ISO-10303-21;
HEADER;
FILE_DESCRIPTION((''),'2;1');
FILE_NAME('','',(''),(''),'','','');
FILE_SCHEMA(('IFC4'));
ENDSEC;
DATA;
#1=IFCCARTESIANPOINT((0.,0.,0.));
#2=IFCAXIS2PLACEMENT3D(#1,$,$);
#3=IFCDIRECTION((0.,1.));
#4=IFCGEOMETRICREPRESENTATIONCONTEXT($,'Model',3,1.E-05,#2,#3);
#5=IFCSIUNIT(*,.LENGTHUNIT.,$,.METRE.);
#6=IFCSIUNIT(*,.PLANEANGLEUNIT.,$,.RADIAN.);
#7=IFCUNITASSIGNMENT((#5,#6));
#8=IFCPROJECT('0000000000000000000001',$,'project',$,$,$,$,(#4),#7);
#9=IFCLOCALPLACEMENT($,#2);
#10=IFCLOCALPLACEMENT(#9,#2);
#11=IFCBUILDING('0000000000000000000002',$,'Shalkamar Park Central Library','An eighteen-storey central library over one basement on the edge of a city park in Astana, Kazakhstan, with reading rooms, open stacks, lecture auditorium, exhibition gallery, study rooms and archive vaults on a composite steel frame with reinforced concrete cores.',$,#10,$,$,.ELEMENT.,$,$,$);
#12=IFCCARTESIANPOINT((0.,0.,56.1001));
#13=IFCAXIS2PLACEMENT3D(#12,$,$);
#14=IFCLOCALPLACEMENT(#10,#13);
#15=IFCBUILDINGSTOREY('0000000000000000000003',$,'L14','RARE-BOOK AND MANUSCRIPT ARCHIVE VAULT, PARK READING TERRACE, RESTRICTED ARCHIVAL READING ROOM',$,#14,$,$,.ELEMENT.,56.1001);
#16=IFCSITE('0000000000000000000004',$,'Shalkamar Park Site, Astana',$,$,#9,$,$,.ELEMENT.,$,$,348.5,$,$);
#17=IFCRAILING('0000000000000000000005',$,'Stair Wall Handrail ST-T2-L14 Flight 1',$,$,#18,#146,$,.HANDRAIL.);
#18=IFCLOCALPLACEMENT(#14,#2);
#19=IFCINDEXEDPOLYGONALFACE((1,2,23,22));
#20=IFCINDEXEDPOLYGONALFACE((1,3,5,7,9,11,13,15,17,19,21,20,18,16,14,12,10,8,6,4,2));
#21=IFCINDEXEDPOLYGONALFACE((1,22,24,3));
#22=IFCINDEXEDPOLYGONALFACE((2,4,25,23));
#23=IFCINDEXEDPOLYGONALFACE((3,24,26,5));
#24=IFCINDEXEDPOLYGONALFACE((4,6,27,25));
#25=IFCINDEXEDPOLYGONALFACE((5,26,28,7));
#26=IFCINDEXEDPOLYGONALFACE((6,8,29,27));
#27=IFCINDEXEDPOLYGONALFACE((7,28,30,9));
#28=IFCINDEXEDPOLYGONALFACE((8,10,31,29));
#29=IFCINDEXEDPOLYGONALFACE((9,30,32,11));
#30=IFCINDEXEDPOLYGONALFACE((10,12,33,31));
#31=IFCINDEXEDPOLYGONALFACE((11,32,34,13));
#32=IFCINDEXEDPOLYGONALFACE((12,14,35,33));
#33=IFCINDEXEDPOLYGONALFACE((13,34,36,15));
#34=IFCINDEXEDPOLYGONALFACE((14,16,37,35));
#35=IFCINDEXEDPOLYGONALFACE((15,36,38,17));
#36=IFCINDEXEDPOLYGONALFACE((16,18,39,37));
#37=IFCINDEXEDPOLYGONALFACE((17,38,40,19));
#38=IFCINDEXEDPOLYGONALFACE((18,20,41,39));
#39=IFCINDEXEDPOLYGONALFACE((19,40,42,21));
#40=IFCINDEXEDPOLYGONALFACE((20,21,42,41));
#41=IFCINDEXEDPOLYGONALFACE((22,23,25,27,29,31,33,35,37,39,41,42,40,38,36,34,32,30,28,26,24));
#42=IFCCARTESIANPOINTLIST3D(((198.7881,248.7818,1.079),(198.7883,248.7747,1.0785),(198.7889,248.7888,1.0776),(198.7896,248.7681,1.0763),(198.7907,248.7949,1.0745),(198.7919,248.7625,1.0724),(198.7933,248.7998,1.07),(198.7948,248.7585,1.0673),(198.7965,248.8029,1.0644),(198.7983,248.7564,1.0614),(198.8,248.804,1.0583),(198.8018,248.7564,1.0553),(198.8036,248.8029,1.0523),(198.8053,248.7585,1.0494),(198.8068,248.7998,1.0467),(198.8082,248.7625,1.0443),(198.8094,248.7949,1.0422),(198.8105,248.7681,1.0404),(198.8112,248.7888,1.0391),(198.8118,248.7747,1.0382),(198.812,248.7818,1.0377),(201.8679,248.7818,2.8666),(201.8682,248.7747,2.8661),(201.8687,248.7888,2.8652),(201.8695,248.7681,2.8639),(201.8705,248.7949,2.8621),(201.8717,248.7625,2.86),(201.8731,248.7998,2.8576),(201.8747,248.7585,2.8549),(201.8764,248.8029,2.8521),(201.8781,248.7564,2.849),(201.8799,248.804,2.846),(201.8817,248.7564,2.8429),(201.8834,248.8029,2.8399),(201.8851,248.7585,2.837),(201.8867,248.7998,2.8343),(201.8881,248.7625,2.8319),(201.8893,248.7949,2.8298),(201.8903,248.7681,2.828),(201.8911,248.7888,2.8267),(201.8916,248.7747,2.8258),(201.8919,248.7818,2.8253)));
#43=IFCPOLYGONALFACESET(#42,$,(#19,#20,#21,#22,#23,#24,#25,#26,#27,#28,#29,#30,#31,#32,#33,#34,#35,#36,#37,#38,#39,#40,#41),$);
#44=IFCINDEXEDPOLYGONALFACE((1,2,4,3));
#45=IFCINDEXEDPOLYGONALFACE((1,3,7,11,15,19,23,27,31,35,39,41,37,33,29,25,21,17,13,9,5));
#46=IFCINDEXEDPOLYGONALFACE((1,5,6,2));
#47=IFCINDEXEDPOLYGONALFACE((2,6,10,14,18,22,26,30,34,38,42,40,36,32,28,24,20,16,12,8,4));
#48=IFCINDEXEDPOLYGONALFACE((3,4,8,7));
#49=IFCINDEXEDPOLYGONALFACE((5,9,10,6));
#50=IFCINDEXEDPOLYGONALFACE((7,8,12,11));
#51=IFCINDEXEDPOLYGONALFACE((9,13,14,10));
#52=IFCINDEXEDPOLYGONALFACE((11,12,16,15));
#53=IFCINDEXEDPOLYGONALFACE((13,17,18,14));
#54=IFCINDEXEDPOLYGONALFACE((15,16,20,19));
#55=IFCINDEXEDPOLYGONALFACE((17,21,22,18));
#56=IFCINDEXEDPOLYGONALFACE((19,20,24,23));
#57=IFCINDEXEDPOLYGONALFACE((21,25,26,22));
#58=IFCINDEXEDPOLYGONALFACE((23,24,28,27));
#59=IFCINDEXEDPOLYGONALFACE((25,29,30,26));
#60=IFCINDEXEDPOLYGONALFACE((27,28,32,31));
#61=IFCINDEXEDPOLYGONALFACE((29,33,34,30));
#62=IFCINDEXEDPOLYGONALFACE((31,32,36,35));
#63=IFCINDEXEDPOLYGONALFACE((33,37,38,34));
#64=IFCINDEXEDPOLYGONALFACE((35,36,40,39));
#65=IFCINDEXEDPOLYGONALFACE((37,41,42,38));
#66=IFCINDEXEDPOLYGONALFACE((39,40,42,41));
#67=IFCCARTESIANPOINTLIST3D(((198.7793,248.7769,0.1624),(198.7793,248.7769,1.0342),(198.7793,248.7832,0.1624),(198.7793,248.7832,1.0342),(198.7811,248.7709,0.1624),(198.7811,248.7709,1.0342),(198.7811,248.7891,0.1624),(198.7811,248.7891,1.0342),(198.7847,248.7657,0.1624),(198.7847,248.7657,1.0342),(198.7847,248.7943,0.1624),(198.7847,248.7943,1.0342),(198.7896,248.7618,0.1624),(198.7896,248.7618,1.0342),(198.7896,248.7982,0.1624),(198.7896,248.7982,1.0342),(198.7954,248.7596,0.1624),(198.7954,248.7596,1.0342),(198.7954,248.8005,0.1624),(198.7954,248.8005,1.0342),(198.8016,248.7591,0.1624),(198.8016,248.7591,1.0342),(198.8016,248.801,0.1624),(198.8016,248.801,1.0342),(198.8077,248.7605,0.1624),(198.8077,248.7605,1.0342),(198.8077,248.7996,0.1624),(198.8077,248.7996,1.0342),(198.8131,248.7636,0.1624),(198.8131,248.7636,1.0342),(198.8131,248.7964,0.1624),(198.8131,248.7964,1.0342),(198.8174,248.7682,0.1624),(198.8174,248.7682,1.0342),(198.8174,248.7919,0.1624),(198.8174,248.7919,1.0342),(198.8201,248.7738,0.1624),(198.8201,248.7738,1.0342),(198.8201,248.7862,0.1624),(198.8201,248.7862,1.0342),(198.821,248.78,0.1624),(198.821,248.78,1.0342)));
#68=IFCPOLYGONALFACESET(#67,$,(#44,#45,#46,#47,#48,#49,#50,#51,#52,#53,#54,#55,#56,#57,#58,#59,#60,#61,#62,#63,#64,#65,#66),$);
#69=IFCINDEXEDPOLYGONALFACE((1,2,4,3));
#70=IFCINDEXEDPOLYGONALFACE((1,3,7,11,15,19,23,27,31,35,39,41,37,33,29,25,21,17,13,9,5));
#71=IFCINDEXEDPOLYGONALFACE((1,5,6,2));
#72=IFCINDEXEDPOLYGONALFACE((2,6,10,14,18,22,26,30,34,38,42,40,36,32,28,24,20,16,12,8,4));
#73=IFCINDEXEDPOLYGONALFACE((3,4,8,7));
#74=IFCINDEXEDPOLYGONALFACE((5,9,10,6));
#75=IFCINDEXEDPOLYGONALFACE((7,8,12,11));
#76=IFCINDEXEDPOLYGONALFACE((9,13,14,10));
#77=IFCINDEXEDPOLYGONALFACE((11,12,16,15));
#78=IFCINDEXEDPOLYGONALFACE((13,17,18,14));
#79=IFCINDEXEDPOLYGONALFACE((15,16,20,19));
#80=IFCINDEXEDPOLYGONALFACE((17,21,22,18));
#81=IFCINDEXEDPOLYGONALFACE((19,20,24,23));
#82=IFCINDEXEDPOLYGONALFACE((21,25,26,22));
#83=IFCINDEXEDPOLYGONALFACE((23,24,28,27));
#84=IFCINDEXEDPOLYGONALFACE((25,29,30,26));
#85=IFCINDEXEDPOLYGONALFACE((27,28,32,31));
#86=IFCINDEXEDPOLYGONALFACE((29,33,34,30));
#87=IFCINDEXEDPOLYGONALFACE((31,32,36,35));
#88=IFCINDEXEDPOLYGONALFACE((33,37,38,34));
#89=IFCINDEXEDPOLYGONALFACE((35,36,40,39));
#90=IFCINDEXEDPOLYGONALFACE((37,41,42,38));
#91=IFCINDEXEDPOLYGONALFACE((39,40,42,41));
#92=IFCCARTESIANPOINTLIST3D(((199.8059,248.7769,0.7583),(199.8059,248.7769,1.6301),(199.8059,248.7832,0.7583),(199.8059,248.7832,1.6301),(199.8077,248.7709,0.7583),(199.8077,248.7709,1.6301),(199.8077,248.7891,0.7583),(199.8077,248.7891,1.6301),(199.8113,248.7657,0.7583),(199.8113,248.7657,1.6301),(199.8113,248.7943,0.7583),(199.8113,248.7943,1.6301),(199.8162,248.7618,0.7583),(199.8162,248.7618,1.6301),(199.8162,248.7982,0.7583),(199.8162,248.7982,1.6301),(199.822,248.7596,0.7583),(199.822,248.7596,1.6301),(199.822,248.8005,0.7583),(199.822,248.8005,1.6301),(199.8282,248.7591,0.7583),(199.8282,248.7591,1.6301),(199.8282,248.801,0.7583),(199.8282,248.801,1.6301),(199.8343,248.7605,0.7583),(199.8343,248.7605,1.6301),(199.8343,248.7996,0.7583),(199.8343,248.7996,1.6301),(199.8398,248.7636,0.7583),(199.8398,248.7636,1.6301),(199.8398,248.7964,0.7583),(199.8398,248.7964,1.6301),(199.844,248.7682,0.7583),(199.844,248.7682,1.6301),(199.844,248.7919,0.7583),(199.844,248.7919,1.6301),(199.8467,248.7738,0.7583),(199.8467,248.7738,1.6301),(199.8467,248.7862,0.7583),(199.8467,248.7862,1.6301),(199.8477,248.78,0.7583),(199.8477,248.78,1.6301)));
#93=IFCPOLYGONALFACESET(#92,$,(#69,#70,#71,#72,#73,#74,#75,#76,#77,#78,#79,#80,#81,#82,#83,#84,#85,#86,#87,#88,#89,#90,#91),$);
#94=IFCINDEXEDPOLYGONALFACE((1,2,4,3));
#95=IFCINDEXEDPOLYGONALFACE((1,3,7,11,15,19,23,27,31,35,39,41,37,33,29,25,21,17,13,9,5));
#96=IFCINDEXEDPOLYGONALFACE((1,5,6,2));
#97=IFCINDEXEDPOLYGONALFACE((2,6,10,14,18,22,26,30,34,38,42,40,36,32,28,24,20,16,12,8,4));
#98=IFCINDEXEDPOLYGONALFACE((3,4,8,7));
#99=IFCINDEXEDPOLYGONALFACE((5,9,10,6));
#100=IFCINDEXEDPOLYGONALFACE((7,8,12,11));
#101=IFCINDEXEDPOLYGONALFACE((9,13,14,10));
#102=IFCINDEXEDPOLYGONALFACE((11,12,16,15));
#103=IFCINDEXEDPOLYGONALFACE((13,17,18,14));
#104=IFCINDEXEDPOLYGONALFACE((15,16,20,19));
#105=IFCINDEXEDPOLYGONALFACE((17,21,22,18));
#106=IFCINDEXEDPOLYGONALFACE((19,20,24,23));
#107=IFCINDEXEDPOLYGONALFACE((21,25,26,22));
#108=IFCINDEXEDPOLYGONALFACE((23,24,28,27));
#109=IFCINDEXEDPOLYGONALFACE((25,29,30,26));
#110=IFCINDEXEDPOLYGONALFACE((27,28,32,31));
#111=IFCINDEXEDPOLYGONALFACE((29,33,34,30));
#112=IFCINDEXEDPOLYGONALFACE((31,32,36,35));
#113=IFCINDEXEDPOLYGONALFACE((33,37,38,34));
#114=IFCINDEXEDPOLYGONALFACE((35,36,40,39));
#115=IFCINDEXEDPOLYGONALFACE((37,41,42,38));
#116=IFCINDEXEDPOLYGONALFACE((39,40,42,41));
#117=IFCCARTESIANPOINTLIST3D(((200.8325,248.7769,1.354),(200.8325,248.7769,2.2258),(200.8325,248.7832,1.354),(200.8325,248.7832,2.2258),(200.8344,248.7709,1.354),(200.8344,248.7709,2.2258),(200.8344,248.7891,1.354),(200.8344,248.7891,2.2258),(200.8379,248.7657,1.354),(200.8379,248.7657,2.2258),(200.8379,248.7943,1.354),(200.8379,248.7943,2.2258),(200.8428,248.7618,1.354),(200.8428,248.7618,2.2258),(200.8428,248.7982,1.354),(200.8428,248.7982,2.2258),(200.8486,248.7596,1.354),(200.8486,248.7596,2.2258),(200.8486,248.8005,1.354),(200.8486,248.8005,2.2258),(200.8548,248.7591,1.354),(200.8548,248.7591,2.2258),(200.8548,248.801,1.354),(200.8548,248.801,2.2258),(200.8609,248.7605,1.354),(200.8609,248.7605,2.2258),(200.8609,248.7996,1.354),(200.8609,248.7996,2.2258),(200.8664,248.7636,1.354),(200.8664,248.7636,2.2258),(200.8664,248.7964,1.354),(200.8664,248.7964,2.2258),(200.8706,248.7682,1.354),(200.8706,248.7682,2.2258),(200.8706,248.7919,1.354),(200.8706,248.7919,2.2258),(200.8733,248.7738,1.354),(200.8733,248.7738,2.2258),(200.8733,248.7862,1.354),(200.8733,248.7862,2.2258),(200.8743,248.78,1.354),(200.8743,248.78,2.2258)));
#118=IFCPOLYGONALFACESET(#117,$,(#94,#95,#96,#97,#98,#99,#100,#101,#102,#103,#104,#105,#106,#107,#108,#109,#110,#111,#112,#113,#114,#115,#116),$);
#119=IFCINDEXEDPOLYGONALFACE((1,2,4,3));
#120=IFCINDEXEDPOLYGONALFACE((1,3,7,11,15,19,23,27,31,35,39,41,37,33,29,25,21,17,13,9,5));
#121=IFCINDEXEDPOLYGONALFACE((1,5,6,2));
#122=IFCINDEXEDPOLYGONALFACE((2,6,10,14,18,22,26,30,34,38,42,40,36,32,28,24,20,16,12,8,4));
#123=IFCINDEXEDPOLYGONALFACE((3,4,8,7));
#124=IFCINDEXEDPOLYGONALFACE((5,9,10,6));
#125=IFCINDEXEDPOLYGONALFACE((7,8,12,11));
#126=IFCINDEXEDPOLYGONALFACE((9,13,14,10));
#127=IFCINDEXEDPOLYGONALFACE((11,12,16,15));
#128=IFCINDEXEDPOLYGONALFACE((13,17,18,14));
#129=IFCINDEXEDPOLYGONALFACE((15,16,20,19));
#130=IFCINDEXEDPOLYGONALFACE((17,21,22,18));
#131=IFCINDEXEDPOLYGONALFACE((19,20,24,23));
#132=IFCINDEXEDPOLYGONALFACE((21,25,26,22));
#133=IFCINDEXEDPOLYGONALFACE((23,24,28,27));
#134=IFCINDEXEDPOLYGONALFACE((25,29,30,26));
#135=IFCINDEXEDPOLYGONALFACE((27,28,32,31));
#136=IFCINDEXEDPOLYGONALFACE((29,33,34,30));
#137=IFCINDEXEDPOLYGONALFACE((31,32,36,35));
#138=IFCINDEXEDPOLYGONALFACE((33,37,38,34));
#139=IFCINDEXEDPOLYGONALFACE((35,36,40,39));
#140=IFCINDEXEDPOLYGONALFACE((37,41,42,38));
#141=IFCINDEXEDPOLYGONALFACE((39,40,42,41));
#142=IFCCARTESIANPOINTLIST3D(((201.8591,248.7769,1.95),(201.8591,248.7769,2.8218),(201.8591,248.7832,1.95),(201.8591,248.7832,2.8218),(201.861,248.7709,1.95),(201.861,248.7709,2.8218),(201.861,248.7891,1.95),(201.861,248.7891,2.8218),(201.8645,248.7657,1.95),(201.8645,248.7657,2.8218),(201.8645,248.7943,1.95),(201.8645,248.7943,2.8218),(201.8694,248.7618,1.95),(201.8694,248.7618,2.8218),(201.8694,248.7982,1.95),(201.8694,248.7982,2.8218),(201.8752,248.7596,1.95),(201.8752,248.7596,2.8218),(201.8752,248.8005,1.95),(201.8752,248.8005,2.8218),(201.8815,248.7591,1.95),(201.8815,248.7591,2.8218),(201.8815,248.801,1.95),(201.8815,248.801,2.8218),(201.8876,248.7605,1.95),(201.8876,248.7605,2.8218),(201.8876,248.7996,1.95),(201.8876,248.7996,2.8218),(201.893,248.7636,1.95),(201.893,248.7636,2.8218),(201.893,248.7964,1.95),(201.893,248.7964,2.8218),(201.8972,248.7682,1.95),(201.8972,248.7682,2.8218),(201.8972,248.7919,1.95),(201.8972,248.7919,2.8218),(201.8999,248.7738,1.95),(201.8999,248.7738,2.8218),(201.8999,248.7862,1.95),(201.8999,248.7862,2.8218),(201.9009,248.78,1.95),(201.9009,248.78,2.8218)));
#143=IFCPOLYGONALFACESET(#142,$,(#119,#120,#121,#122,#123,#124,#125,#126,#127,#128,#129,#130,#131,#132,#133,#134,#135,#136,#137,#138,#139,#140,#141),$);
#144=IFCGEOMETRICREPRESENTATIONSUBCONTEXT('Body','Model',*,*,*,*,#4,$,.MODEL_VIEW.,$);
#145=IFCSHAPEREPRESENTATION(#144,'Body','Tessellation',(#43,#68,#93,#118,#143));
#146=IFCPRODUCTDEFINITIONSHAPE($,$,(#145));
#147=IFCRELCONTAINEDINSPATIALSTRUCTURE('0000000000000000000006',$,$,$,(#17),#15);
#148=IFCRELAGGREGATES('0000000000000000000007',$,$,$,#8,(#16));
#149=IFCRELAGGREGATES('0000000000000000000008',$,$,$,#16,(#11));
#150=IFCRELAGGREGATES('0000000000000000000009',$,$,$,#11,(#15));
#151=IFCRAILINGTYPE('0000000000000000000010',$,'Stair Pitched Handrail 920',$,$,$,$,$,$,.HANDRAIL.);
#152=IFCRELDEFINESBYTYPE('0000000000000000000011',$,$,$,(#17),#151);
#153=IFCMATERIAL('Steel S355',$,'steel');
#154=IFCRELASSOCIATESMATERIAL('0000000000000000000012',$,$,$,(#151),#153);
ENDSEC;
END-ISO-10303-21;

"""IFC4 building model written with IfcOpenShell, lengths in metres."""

from ifc_helpers import new_model, si_unit, direction, frame, origin, origin_2d, place, context, subcontext, project, spatial, circle, extrude, material, type_object, element, save


model = new_model("IFC4")

# Units and contexts
model_context = context("Model", 3, precision=1e-05, world=origin(), true_north=direction((0.0, 1.0)))
body_context = subcontext(model_context, "Body", "Model", "MODEL_VIEW")
ifc_project = project(units=[si_unit("LENGTHUNIT", "METRE"), si_unit("PLANEANGLEUNIT", "RADIAN")], contexts=[model_context])

# Site, building, storey
site_placement = place(None, origin())
site = spatial("IfcSite", under=ifc_project, at=site_placement, Name="Shalkamar Park Site, Astana", CompositionType="ELEMENT", RefElevation=348.5)
building_placement = place(site_placement, origin())
building = spatial("IfcBuilding", under=site, at=building_placement, Name="Shalkamar Park Central Library", Description="An eighteen-storey central library over one basement on the edge of a city park in Astana, Kazakhstan, with reading rooms, open stacks, lecture auditorium, exhibition gallery, study rooms and archive vaults on a composite steel frame with reinforced concrete cores.", CompositionType="ELEMENT")
storey_placement = place(building_placement, frame((0.0, 0.0, 56.1001)))
storey = spatial("IfcBuildingStorey", under=building, at=storey_placement, Name="L14", Description="RARE-BOOK AND MANUSCRIPT ARCHIVE VAULT, PARK READING TERRACE, RESTRICTED ARCHIVAL READING ROOM", CompositionType="ELEMENT", Elevation=56.1001)

# Shared definitions
ifc_material_1 = material(Name="Steel S355", Category="steel")

# Railing
railing_type = type_object("IfcRailingType", Name="Stair Pitched Handrail 920", PredefinedType="HANDRAIL", material=ifc_material_1)
for number, where, name in (
    (1, (198.8, 248.78, 0.1624), "Stair Wall Handrail ST-T2-L14 Flight 1"),
):
    element("IfcRailing", number, at=place(storey_placement, frame(where)), inside=storey, type_object=railing_type, Name=name, PredefinedType="HANDRAIL", context=body_context, shape_type="SweptSolid", body=[
        extrude(circle(Radius=0.0239, at=origin_2d()), frame((0.0, 0.0, 0.896), z_axis=(0.864873, 0.0, 0.50199), x_axis=(0.0, 1.0, 0.0)), (0.0, 0.0, 1.0), 3.561),
        extrude(circle(Radius=0.021, at=origin_2d()), origin(), (0.0, 0.0, 1.0), 0.8718),
        extrude(circle(Radius=0.021, at=origin_2d()), frame((1.0266, 0.0, 0.5959)), (0.0, 0.0, 1.0), 0.8718),
        extrude(circle(Radius=0.021, at=origin_2d()), frame((2.0532, 0.0, 1.1917)), (0.0, 0.0, 1.0), 0.8718),
        extrude(circle(Radius=0.021, at=origin_2d()), frame((3.0798, 0.0, 1.7876)), (0.0, 0.0, 1.0), 0.8718),
    ])

save(model, "model.ifc")
